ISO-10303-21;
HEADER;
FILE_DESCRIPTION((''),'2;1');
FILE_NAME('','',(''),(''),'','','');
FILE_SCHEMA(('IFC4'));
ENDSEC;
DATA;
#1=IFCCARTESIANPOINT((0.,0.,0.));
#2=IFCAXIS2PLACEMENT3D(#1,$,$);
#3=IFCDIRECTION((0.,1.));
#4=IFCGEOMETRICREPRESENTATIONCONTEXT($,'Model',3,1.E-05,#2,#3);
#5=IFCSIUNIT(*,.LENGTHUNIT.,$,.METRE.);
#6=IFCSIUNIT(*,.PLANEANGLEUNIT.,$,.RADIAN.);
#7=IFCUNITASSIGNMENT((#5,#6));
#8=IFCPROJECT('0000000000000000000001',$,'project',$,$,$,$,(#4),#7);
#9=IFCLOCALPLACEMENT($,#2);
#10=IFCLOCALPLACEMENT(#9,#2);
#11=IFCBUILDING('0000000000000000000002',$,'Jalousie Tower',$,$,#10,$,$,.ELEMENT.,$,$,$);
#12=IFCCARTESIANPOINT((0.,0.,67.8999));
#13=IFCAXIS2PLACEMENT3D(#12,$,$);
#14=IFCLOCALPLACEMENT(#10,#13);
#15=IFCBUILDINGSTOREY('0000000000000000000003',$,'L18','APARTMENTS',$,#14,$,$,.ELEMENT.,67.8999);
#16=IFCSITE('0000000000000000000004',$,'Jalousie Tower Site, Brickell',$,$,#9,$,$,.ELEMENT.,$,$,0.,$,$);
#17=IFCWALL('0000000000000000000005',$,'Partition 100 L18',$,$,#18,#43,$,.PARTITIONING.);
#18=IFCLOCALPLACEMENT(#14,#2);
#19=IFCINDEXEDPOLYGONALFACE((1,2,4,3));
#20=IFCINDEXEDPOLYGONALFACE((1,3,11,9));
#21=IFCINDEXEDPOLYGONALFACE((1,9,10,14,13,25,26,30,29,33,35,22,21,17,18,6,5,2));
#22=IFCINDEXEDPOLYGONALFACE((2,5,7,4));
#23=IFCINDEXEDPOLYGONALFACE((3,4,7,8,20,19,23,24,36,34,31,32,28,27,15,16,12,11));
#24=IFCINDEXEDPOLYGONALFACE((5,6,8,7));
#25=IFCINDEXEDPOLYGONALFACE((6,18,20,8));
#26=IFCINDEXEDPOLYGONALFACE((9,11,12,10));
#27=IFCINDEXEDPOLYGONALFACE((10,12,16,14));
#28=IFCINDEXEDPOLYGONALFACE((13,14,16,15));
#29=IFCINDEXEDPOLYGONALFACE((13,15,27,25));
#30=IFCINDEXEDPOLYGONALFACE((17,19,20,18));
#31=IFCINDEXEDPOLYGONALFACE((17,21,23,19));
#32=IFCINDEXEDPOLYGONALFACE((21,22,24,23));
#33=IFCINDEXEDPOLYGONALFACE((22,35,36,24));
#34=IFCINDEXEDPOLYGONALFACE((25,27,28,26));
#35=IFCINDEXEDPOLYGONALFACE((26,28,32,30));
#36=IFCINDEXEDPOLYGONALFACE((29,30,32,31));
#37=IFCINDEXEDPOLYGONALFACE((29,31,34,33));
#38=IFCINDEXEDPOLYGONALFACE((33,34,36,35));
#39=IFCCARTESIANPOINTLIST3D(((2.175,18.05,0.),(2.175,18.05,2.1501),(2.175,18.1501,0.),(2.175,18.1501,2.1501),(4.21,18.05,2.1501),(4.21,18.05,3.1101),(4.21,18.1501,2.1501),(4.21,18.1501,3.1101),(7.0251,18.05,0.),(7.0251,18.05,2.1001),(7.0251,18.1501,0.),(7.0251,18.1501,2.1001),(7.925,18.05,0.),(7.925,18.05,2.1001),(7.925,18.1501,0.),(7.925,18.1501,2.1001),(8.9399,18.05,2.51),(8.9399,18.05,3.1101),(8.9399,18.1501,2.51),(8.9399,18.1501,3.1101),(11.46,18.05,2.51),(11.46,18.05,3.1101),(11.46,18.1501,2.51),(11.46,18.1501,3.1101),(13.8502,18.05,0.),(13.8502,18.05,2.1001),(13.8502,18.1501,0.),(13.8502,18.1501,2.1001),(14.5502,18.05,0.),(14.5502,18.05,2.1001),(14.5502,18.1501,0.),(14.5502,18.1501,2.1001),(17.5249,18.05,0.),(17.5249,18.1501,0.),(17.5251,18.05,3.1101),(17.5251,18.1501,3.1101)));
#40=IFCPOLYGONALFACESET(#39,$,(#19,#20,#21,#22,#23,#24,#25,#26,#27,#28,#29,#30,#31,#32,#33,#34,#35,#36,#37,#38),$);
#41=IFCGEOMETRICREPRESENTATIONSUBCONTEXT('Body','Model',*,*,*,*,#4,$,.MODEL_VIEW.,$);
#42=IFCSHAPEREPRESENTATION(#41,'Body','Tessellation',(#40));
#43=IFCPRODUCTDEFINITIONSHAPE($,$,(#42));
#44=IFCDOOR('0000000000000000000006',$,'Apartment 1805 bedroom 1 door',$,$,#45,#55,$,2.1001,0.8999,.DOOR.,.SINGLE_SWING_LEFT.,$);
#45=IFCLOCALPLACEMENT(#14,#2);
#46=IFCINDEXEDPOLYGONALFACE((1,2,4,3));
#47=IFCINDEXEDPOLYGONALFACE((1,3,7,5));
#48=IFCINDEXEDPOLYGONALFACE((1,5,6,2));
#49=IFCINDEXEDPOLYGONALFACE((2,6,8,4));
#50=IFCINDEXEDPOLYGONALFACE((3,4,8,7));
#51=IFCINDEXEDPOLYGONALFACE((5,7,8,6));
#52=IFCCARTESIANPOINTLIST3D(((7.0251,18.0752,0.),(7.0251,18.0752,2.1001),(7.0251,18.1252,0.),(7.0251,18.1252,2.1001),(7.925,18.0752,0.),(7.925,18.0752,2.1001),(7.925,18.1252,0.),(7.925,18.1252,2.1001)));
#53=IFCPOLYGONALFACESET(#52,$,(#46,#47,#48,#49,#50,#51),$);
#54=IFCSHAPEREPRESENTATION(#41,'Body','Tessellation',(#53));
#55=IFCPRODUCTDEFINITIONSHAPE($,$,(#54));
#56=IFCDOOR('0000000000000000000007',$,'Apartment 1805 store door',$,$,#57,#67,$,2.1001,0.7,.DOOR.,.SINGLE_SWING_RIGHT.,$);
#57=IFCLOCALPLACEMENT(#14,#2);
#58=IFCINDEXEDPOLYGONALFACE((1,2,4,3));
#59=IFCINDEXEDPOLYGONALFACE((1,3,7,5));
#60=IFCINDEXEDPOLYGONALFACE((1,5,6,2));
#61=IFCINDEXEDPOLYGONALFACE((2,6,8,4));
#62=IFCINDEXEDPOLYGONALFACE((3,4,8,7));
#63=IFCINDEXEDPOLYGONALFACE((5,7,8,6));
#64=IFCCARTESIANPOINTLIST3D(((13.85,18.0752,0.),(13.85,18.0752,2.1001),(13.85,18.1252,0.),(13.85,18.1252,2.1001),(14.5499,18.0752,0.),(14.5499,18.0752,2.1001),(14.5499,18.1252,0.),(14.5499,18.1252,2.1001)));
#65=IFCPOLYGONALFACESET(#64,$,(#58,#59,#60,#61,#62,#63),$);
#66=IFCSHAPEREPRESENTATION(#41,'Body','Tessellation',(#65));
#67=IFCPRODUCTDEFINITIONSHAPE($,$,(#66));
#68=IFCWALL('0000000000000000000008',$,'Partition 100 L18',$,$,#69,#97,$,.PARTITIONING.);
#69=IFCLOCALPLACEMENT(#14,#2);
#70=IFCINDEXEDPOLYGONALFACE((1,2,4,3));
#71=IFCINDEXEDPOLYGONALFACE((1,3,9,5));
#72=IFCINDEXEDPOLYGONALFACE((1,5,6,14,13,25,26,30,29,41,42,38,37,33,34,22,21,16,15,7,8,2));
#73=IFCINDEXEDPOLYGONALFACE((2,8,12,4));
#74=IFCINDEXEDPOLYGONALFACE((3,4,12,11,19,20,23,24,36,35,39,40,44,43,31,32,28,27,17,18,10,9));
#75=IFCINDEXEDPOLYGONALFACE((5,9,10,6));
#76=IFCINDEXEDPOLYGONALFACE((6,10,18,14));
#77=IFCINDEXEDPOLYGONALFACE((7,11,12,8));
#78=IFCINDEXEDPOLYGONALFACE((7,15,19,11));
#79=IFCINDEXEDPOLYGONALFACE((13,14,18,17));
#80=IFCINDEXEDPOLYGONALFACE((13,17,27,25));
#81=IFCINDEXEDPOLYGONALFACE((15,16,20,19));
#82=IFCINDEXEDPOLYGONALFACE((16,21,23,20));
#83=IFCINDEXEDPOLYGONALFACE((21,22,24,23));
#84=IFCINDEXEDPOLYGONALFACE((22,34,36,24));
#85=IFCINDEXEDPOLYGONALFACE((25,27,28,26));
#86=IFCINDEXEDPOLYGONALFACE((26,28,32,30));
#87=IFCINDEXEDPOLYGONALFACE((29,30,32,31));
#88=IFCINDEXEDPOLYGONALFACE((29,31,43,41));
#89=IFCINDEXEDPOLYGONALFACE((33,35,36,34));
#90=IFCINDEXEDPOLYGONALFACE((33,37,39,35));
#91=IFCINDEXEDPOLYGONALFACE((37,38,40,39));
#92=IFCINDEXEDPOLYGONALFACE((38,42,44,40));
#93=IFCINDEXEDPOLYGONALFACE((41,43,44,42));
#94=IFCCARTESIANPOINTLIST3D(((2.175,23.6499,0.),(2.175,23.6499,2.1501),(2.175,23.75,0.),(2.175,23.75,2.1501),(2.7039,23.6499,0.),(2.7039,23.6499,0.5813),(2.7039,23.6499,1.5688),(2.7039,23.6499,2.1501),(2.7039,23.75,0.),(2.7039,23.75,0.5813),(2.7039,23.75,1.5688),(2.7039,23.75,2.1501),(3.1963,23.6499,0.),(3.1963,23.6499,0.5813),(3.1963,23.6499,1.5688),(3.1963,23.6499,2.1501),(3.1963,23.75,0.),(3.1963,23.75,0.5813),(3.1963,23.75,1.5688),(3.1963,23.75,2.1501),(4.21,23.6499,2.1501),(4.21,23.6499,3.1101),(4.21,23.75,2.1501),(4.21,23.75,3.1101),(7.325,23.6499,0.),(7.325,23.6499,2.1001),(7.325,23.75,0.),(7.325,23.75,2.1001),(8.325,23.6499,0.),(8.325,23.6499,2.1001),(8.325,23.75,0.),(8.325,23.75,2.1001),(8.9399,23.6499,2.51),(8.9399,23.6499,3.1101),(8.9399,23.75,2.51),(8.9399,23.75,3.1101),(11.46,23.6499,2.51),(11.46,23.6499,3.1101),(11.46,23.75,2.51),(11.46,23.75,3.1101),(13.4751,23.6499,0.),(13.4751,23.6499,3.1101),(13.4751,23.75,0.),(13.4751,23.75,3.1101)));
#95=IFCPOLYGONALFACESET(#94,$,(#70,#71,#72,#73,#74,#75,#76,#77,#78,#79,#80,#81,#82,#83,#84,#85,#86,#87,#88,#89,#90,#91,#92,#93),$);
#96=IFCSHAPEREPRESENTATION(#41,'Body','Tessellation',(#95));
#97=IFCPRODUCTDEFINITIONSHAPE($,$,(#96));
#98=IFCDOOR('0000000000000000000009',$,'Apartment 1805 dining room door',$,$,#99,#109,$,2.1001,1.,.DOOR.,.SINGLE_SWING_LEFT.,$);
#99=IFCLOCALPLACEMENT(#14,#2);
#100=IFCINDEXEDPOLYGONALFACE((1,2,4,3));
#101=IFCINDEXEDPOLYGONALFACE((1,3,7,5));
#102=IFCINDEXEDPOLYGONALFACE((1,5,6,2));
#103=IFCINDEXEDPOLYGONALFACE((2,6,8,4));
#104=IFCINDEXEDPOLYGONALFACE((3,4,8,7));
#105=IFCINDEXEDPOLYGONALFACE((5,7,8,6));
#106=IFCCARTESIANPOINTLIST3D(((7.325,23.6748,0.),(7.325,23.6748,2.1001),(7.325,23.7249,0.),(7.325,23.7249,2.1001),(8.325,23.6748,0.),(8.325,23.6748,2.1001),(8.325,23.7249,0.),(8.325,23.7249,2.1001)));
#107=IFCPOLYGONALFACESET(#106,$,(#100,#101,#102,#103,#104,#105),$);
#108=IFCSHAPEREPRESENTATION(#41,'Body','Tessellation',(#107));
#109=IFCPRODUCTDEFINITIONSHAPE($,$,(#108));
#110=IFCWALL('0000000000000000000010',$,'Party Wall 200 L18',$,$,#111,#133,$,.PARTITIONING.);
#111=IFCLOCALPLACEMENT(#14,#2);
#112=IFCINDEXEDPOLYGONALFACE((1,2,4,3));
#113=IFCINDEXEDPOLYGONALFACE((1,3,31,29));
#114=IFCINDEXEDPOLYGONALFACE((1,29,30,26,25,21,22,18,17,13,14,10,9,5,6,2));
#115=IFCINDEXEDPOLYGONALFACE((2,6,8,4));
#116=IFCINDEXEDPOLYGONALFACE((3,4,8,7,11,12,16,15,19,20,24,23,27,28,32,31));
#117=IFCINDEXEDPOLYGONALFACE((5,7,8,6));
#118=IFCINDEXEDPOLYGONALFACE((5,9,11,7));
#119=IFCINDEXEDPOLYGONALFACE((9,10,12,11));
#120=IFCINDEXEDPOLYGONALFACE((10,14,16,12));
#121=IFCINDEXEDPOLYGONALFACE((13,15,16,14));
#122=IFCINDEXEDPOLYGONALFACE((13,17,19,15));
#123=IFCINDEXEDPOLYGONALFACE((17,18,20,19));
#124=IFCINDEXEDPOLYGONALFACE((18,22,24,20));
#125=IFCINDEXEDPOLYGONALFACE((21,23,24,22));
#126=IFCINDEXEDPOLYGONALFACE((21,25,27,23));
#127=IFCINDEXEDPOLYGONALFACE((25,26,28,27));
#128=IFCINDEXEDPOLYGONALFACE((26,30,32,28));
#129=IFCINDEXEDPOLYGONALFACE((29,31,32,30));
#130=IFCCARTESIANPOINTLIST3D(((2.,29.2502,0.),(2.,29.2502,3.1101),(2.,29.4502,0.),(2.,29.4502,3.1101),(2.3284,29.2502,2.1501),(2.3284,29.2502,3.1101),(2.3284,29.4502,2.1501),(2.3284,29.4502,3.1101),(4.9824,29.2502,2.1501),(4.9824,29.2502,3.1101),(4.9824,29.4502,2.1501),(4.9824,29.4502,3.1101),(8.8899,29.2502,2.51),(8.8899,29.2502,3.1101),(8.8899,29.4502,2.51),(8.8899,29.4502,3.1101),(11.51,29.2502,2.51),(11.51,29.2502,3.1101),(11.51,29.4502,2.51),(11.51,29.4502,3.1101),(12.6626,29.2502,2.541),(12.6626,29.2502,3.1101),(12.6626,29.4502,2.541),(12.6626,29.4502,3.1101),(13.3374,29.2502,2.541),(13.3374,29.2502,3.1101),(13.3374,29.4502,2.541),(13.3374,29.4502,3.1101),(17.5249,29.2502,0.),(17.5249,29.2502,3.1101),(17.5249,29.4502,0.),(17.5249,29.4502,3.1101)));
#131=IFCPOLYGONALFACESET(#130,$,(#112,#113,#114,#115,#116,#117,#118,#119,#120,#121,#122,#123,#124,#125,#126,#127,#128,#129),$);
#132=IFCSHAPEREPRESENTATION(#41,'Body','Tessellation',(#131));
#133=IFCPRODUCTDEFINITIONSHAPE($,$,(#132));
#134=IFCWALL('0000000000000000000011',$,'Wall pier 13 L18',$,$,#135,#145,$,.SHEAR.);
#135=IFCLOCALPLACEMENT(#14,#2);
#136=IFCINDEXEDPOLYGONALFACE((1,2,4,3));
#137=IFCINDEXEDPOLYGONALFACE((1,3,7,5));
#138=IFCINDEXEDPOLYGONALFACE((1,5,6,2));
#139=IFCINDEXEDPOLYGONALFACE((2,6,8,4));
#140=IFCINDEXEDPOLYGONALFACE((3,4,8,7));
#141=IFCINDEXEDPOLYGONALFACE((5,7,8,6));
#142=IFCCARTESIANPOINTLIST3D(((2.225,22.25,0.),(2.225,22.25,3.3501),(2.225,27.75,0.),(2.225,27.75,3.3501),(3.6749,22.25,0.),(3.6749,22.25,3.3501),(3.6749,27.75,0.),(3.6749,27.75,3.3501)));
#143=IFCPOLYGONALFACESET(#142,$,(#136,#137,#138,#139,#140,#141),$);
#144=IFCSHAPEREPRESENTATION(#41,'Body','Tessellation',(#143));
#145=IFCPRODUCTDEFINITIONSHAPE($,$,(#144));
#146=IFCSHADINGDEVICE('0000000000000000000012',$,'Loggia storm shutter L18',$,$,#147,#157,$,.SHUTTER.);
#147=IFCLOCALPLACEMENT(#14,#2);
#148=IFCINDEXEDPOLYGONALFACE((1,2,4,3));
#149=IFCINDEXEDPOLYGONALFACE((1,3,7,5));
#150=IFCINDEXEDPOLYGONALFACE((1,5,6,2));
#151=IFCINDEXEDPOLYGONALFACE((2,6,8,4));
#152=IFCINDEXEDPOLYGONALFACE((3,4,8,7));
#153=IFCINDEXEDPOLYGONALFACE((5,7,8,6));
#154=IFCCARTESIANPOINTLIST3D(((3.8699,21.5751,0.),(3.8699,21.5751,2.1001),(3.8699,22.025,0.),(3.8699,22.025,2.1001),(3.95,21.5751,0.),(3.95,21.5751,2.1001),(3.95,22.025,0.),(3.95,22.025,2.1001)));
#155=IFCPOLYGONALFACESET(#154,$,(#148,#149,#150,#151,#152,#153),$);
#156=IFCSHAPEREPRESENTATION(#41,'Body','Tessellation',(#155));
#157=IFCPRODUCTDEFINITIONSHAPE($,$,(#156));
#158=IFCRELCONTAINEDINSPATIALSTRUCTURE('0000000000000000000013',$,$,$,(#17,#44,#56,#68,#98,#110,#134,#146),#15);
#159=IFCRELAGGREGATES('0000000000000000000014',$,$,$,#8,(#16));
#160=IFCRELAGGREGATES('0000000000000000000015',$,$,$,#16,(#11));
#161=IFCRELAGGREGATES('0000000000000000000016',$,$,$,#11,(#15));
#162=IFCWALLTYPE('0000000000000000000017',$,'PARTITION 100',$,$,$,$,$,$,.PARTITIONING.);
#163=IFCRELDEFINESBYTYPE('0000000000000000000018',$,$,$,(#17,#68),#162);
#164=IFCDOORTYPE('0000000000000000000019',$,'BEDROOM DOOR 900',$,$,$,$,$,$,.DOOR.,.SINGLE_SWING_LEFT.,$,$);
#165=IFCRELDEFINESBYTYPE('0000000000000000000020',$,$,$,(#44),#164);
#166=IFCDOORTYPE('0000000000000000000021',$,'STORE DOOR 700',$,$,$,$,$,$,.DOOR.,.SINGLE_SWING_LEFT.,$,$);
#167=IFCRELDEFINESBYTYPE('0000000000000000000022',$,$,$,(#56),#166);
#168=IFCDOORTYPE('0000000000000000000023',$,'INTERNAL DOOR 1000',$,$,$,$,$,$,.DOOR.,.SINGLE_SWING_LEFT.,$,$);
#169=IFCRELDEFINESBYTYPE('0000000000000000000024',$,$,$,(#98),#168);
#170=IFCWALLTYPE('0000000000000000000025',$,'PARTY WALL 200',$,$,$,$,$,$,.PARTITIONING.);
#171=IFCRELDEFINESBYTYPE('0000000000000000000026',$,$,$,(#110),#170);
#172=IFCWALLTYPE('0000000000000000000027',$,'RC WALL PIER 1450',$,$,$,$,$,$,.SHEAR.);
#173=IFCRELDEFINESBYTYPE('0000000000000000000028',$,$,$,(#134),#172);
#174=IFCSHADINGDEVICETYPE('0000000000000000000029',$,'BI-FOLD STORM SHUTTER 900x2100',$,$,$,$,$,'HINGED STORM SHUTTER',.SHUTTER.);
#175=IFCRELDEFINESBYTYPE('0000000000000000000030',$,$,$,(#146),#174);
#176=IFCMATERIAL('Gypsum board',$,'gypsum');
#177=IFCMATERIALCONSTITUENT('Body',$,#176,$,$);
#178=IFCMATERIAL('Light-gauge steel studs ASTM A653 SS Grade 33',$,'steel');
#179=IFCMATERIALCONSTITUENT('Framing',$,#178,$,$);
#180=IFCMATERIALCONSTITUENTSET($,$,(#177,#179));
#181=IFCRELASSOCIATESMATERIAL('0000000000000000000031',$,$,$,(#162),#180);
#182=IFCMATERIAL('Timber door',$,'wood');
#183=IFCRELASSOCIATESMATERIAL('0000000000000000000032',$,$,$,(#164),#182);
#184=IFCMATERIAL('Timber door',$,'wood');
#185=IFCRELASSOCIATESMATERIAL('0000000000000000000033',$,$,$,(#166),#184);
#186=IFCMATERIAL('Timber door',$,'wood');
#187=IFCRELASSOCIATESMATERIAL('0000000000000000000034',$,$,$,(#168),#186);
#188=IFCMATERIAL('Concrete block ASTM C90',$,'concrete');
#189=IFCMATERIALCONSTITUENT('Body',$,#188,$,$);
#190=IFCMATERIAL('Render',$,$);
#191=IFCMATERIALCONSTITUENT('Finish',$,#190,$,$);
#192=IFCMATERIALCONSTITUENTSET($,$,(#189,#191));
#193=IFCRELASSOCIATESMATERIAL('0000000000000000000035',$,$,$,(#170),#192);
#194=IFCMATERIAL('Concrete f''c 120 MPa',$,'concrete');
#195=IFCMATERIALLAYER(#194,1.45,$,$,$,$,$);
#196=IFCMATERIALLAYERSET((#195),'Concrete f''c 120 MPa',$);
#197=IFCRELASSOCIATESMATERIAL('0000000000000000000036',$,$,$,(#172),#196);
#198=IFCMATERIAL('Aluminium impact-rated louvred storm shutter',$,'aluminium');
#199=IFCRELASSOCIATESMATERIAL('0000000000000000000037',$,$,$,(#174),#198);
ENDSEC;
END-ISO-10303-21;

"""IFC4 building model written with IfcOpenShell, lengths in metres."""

from ifc_helpers import new_model, si_unit, direction, frame, frame_2d, origin, origin_2d, place, context, subcontext, project, spatial, polyline, rectangle, outline, extrude, material, layer, layer_set, constituent, constituent_set, type_object, element, fill, save


model = new_model("IFC4")

# Units and contexts
model_context = context("Model", 3, precision=1e-05, world=origin(), true_north=direction((0.0, 1.0)))
body_context = subcontext(model_context, "Body", "Model", "MODEL_VIEW")
ifc_project = project(units=[si_unit("LENGTHUNIT", "METRE"), si_unit("PLANEANGLEUNIT", "RADIAN")], contexts=[model_context])

# Site, building, storey
site_placement = place(None, origin())
site = spatial("IfcSite", under=ifc_project, at=site_placement, Name="Jalousie Tower Site, Brickell", CompositionType="ELEMENT", RefElevation=0.0)
building_placement = place(site_placement, origin())
building = spatial("IfcBuilding", under=site, at=building_placement, Name="Jalousie Tower", CompositionType="ELEMENT")
storey_placement = place(building_placement, frame((0.0, 0.0, 67.8999)))
storey = spatial("IfcBuildingStorey", under=building, at=storey_placement, Name="L18", Description="APARTMENTS", CompositionType="ELEMENT", Elevation=67.8999)

# Wall, openings, doors
ifc_material_1 = material(Name="Gypsum board", Category="gypsum")
ifc_constituent_1 = constituent(ifc_material_1, Name="Body")
ifc_material_2 = material(Name="Light-gauge steel studs ASTM A653 SS Grade 33", Category="steel")
ifc_constituent_2 = constituent(ifc_material_2, Name="Framing")
ifc_constituent_set_1 = constituent_set(constituents=[ifc_constituent_1, ifc_constituent_2])
wall_type_1 = type_object("IfcWallType", Name="PARTITION 100", PredefinedType="PARTITIONING", material=ifc_constituent_set_1)
wall_1_placement = place(storey_placement, frame((2.175, 18.1001, 0.0), z_axis=(0.0, 0.0, 1.0), x_axis=(1.0, 0.0, 0.0)))
wall_1 = element("IfcWall", 1, at=wall_1_placement, inside=storey, type_object=wall_type_1, Name="Partition 100 L18", PredefinedType="PARTITIONING", context=body_context, shape_type="SweptSolid", body=[
    extrude(outline(polyline([(0.0, 0.0), (15.3499, 0.0), (15.3501, 3.1101), (9.2849, 3.1101), (9.2849, 2.51), (6.7649, 2.51), (6.7649, 3.1101), (2.0349, 3.1101), (2.0349, 2.1501), (0.0, 2.1501), (0.0, 3.1101), (0.0, 0.0)])), frame((0.0, 0.05, 0.0), z_axis=(0.0, -1.0, 0.0), x_axis=(1.0, 0.0, 0.0)), (0.0, 0.0, 1.0), 0.1001),
])
opening_1_placement = place(wall_1_placement, frame((4.8501, 0.0, 0.0)))
opening_1 = element("IfcOpeningElement", 2, at=opening_1_placement, cuts=wall_1, PredefinedType="OPENING", context=body_context, shape_type="SweptSolid", body=[
    extrude(rectangle(XDim=0.8999, YDim=2.1001, at=frame_2d((0.45, 1.05))), frame((0.0, 0.0601, 0.0), z_axis=(0.0, -1.0, 0.0), x_axis=(1.0, 0.0, 0.0)), (0.0, 0.0, 1.0), 0.1201),
])
opening_2_placement = place(wall_1_placement, frame((11.675, 0.0, 0.0)))
opening_2 = element("IfcOpeningElement", 3, at=opening_2_placement, cuts=wall_1, PredefinedType="OPENING", context=body_context, shape_type="SweptSolid", body=[
    extrude(rectangle(XDim=0.7, YDim=2.1001, at=frame_2d((0.3501, 1.05))), frame((0.0, 0.0601, 0.0), z_axis=(0.0, -1.0, 0.0), x_axis=(1.0, 0.0, 0.0)), (0.0, 0.0, 1.0), 0.1201),
])
ifc_material_3 = material(Name="Timber door", Category="wood")
door_type_1 = type_object("IfcDoorType", Name="BEDROOM DOOR 900", OperationType="SINGLE_SWING_LEFT", PredefinedType="DOOR", material=ifc_material_3)
door_1_placement = place(opening_1_placement, frame((0.8999, 0.0, 0.0), z_axis=(0.0, 0.0, 1.0), x_axis=(-1.0, 0.0, 0.0)))
door_1 = element("IfcDoor", 4, at=door_1_placement, inside=storey, type_object=door_type_1, Name="Apartment 1805 bedroom 1 door", OperationType="SINGLE_SWING_LEFT", OverallHeight=2.1001, OverallWidth=0.8999, PredefinedType="DOOR", context=body_context, shape_type="SweptSolid", body=[
    extrude(rectangle(XDim=0.8999, YDim=2.1001, at=frame_2d((0.45, 1.05))), frame((0.0, 0.0249, 0.0), z_axis=(0.0, -1.0, 0.0), x_axis=(1.0, 0.0, 0.0)), (0.0, 0.0, 1.0), 0.05),
])
fill(opening_1, door_1)
ifc_material_4 = material(Name="Timber door", Category="wood")
door_type_2 = type_object("IfcDoorType", Name="STORE DOOR 700", OperationType="SINGLE_SWING_LEFT", PredefinedType="DOOR", material=ifc_material_4)
door_2_placement = place(opening_2_placement, frame((0.7, 0.0, 0.0), z_axis=(0.0, 0.0, 1.0), x_axis=(-1.0, 0.0, 0.0)))
door_2 = element("IfcDoor", 5, at=door_2_placement, inside=storey, type_object=door_type_2, Name="Apartment 1805 store door", OperationType="SINGLE_SWING_RIGHT", OverallHeight=2.1001, OverallWidth=0.7, PredefinedType="DOOR", context=body_context, shape_type="SweptSolid", body=[
    extrude(rectangle(XDim=0.7, YDim=2.1001, at=frame_2d((0.3501, 1.05))), frame((0.0, 0.0249, 0.0), z_axis=(0.0, -1.0, 0.0), x_axis=(1.0, 0.0, 0.0)), (0.0, 0.0, 1.0), 0.05),
])
fill(opening_2, door_2)

# Wall, opening, door
wall_2_placement = place(storey_placement, frame((2.175, 23.7, 0.0), z_axis=(0.0, 0.0, 1.0), x_axis=(1.0, 0.0, 0.0)))
wall_2 = element("IfcWall", 6, at=wall_2_placement, inside=storey, type_object=wall_type_1, Name="Partition 100 L18", PredefinedType="PARTITIONING", context=body_context, shape_type="SweptSolid", body=[
    extrude(outline(polyline([(0.5288, 2.1501), (0.0, 2.1501), (0.0, 0.0), (0.5288, 0.0), (0.5288, 0.5813), (1.0212, 0.5813), (1.0212, 0.0), (11.3, 0.0), (11.3, 3.1101), (9.2849, 3.1101), (9.2849, 2.51), (6.7649, 2.51), (6.7649, 3.1101), (2.0349, 3.1101), (2.0349, 2.1501), (1.0212, 2.1501), (1.0212, 1.5688), (0.5288, 1.5688), (0.5288, 2.1501)])), frame((0.0, 0.05, 0.0), z_axis=(0.0, -1.0, 0.0), x_axis=(1.0, 0.0, 0.0)), (0.0, 0.0, 1.0), 0.1001),
])
opening_3_placement = place(wall_2_placement, frame((5.1499, 0.0, 0.0)))
opening_3 = element("IfcOpeningElement", 7, at=opening_3_placement, cuts=wall_2, PredefinedType="OPENING", context=body_context, shape_type="SweptSolid", body=[
    extrude(rectangle(XDim=1.0, YDim=2.1001, at=frame_2d((0.5, 1.05))), frame((0.0, 0.0601, 0.0), z_axis=(0.0, -1.0, 0.0), x_axis=(1.0, 0.0, 0.0)), (0.0, 0.0, 1.0), 0.1201),
])
ifc_material_5 = material(Name="Timber door", Category="wood")
door_type_3 = type_object("IfcDoorType", Name="INTERNAL DOOR 1000", OperationType="SINGLE_SWING_LEFT", PredefinedType="DOOR", material=ifc_material_5)
door_3_placement = place(opening_3_placement, origin())
door_3 = element("IfcDoor", 8, at=door_3_placement, inside=storey, type_object=door_type_3, Name="Apartment 1805 dining room door", OperationType="SINGLE_SWING_LEFT", OverallHeight=2.1001, OverallWidth=1.0, PredefinedType="DOOR", context=body_context, shape_type="SweptSolid", body=[
    extrude(rectangle(XDim=1.0, YDim=2.1001, at=frame_2d((0.5, 1.05))), frame((0.0, 0.0249, 0.0), z_axis=(0.0, -1.0, 0.0), x_axis=(1.0, 0.0, 0.0)), (0.0, 0.0, 1.0), 0.05),
])
fill(opening_3, door_3)

# Walls
ifc_material_6 = material(Name="Concrete block ASTM C90", Category="concrete")
ifc_constituent_3 = constituent(ifc_material_6, Name="Body")
ifc_material_7 = material(Name="Render")
ifc_constituent_4 = constituent(ifc_material_7, Name="Finish")
ifc_constituent_set_2 = constituent_set(constituents=[ifc_constituent_3, ifc_constituent_4])
wall_type_2 = type_object("IfcWallType", Name="PARTY WALL 200", PredefinedType="PARTITIONING", material=ifc_constituent_set_2)
wall_3_placement = place(storey_placement, frame((2.0, 29.3501, 0.0), z_axis=(0.0, 0.0, 1.0), x_axis=(1.0, 0.0, 0.0)))
element("IfcWall", 9, at=wall_3_placement, inside=storey, type_object=wall_type_2, Name="Party Wall 200 L18", PredefinedType="PARTITIONING", context=body_context, shape_type="SweptSolid", body=[
    extrude(outline(polyline([(0.0, 0.0), (15.5249, 0.0), (15.5249, 3.1101), (11.3374, 3.1101), (11.3374, 2.541), (10.6626, 2.541), (10.6626, 3.1101), (9.51, 3.1101), (9.51, 2.51), (6.8899, 2.51), (6.8899, 3.1101), (2.9824, 3.1101), (2.9824, 2.1501), (0.3284, 2.1501), (0.3284, 3.1101), (0.0, 3.1101), (0.0, 0.0)])), frame((0.0, 0.1001, 0.0), z_axis=(0.0, -1.0, 0.0), x_axis=(1.0, 0.0, 0.0)), (0.0, 0.0, 1.0), 0.2),
])
ifc_material_8 = material(Name="Concrete f'c 120 MPa", Category="concrete")
ifc_layer_1 = layer(ifc_material_8, 1.45)
ifc_layer_set_1 = layer_set([ifc_layer_1], Name="Concrete f'c 120 MPa")
wall_type_3 = type_object("IfcWallType", Name="RC WALL PIER 1450", PredefinedType="SHEAR", material=ifc_layer_set_1)
wall_4_placement = place(storey_placement, frame((2.95, 22.25, 0.0), z_axis=(0.0, 0.0, 1.0), x_axis=(0.0, 1.0, 0.0)))
element("IfcWall", 10, at=wall_4_placement, inside=storey, type_object=wall_type_3, Name="Wall pier 13 L18", PredefinedType="SHEAR", context=body_context, shape_type="SweptSolid", body=[
    extrude(rectangle(XDim=5.5, YDim=1.45, at=frame_2d((2.75, 0.0))), origin(), (0.0, 0.0, 1.0), 3.3501),
])

# Shading device
ifc_material_9 = material(Name="Aluminium impact-rated louvred storm shutter", Category="aluminium")
shading_device_type_1 = type_object("IfcShadingDeviceType", Name="BI-FOLD STORM SHUTTER 900x2100", ElementType="HINGED STORM SHUTTER", PredefinedType="SHUTTER", material=ifc_material_9)
for number, where, z_axis, x_axis, name in (
    (11, (3.9099, 21.8, 0.0), (0.0, 0.0, 1.0), (0.0, -1.0, 0.0), "Loggia storm shutter L18"),
):
    element("IfcShadingDevice", number, at=place(storey_placement, frame(where, z_axis=z_axis, x_axis=x_axis)), inside=storey, type_object=shading_device_type_1, Name=name, PredefinedType="SHUTTER", context=body_context, shape_type="SweptSolid", body=[
        extrude(rectangle(XDim=0.45, YDim=0.0801, at=origin_2d()), origin(), (0.0, 0.0, 1.0), 2.1001),
    ])

save(model, "model.ifc")
